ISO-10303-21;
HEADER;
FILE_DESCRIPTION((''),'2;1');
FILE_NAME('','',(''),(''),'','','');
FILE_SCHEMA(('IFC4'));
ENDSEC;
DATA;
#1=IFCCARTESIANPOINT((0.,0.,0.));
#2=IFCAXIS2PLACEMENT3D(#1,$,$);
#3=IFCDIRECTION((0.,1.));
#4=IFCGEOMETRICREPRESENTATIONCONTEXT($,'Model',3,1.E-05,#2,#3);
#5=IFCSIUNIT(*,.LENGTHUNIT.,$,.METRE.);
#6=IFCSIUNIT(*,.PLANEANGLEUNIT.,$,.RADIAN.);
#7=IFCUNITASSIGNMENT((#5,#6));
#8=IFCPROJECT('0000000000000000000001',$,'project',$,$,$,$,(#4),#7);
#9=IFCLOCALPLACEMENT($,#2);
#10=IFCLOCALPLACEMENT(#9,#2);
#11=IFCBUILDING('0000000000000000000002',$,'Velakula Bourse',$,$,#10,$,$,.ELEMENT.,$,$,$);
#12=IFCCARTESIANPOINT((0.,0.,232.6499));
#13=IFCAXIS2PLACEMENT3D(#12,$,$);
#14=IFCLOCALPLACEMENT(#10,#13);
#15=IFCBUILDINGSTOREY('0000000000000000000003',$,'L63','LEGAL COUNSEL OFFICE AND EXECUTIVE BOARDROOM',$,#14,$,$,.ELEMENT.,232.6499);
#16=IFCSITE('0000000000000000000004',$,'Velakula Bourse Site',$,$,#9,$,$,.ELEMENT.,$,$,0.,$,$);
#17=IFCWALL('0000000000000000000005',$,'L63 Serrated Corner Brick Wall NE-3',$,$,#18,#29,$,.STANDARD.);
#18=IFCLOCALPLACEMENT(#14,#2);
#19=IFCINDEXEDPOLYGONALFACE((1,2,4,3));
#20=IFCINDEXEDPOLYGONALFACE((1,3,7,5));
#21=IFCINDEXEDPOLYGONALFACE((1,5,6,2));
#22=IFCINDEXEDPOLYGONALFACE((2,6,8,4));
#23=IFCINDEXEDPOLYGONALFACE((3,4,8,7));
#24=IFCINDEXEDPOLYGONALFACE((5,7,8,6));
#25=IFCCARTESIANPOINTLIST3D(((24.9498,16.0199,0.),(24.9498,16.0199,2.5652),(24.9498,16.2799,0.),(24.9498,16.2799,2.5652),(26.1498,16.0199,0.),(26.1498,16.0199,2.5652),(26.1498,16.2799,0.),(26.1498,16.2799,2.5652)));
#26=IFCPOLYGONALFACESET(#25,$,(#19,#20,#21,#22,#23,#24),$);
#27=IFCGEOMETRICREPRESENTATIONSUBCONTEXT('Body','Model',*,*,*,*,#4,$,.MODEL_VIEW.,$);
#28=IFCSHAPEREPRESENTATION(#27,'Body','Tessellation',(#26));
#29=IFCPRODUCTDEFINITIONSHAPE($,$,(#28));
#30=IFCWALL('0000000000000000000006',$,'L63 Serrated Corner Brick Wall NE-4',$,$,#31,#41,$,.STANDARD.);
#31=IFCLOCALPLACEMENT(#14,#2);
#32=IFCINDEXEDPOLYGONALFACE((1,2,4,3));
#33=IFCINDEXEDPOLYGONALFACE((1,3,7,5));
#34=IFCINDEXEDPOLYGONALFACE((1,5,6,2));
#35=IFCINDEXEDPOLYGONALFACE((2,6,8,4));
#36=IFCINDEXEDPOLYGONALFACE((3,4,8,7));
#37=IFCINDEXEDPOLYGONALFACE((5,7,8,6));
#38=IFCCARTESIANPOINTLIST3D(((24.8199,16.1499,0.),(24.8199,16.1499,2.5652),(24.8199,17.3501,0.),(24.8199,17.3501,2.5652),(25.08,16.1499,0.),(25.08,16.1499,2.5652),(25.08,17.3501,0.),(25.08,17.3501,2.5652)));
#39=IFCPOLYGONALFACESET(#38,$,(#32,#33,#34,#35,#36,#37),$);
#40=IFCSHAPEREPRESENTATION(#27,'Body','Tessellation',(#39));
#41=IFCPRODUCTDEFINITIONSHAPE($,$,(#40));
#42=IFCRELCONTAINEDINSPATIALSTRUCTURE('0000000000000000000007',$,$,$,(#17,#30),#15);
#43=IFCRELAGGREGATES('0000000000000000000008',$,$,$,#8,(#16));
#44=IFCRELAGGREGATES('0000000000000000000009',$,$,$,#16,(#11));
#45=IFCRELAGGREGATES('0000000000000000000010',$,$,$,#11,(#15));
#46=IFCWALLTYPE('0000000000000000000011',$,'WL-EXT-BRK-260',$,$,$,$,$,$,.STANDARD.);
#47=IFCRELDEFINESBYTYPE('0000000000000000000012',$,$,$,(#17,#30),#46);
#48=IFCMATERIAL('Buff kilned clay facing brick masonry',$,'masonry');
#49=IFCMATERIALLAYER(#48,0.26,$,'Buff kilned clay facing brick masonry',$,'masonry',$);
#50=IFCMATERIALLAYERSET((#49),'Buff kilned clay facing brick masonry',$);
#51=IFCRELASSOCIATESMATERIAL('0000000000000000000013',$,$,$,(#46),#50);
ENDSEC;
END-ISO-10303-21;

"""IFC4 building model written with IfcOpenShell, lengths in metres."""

from ifc_helpers import new_model, si_unit, direction, frame, frame_2d, origin, place, context, subcontext, project, spatial, rectangle, extrude, material, layer, layer_set, type_object, element, save


model = new_model("IFC4")

# Units and contexts
model_context = context("Model", 3, precision=1e-05, world=origin(), true_north=direction((0.0, 1.0)))
body_context = subcontext(model_context, "Body", "Model", "MODEL_VIEW")
ifc_project = project(units=[si_unit("LENGTHUNIT", "METRE"), si_unit("PLANEANGLEUNIT", "RADIAN")], contexts=[model_context])

# Site, building, storey
site_placement = place(None, origin())
site = spatial("IfcSite", under=ifc_project, at=site_placement, Name="Velakula Bourse Site", CompositionType="ELEMENT", RefElevation=0.0)
building_placement = place(site_placement, origin())
building = spatial("IfcBuilding", under=site, at=building_placement, Name="Velakula Bourse", CompositionType="ELEMENT")
storey_placement = place(building_placement, frame((0.0, 0.0, 232.6499)))
storey = spatial("IfcBuildingStorey", under=building, at=storey_placement, Name="L63", Description="LEGAL COUNSEL OFFICE AND EXECUTIVE BOARDROOM", CompositionType="ELEMENT", Elevation=232.6499)

# Shared definitions
ifc_material_1 = material(Name="Buff kilned clay facing brick masonry", Category="masonry")
ifc_layer = layer(ifc_material_1, 0.26, Name="Buff kilned clay facing brick masonry", Category="masonry")
ifc_layer_set = layer_set([ifc_layer], Name="Buff kilned clay facing brick masonry")
wall_type = type_object("IfcWallType", Name="WL-EXT-BRK-260", PredefinedType="STANDARD", material=ifc_layer_set)

# Walls
for number, where, z_axis, x_axis, name in (
    (1, (26.1499, 16.1499, 0.0), (0.0, 0.0, 1.0), (-1.0, 0.0, 0.0), "L63 Serrated Corner Brick Wall NE-3"),
):
    element("IfcWall", number, at=place(storey_placement, frame(where, z_axis=z_axis, x_axis=x_axis)), inside=storey, type_object=wall_type, Name=name, PredefinedType="STANDARD", context=body_context, shape_type="SweptSolid", body=[
        extrude(rectangle(XDim=1.2, YDim=0.26, at=frame_2d((0.6001, 0.0))), origin(), (0.0, 0.0, 1.0), 2.5652),
    ])
wall_1_placement = place(storey_placement, frame((24.95, 16.1499, 0.0), z_axis=(0.0, 0.0, 1.0), x_axis=(0.0, 1.0, 0.0)))
element("IfcWall", 2, at=wall_1_placement, inside=storey, type_object=wall_type, Name="L63 Serrated Corner Brick Wall NE-4", PredefinedType="STANDARD", context=body_context, shape_type="SweptSolid", body=[
    extrude(rectangle(XDim=1.2002, YDim=0.26, at=frame_2d((0.6001, 0.0))), origin(), (0.0, 0.0, 1.0), 2.5652),
])

save(model, "model.ifc")
